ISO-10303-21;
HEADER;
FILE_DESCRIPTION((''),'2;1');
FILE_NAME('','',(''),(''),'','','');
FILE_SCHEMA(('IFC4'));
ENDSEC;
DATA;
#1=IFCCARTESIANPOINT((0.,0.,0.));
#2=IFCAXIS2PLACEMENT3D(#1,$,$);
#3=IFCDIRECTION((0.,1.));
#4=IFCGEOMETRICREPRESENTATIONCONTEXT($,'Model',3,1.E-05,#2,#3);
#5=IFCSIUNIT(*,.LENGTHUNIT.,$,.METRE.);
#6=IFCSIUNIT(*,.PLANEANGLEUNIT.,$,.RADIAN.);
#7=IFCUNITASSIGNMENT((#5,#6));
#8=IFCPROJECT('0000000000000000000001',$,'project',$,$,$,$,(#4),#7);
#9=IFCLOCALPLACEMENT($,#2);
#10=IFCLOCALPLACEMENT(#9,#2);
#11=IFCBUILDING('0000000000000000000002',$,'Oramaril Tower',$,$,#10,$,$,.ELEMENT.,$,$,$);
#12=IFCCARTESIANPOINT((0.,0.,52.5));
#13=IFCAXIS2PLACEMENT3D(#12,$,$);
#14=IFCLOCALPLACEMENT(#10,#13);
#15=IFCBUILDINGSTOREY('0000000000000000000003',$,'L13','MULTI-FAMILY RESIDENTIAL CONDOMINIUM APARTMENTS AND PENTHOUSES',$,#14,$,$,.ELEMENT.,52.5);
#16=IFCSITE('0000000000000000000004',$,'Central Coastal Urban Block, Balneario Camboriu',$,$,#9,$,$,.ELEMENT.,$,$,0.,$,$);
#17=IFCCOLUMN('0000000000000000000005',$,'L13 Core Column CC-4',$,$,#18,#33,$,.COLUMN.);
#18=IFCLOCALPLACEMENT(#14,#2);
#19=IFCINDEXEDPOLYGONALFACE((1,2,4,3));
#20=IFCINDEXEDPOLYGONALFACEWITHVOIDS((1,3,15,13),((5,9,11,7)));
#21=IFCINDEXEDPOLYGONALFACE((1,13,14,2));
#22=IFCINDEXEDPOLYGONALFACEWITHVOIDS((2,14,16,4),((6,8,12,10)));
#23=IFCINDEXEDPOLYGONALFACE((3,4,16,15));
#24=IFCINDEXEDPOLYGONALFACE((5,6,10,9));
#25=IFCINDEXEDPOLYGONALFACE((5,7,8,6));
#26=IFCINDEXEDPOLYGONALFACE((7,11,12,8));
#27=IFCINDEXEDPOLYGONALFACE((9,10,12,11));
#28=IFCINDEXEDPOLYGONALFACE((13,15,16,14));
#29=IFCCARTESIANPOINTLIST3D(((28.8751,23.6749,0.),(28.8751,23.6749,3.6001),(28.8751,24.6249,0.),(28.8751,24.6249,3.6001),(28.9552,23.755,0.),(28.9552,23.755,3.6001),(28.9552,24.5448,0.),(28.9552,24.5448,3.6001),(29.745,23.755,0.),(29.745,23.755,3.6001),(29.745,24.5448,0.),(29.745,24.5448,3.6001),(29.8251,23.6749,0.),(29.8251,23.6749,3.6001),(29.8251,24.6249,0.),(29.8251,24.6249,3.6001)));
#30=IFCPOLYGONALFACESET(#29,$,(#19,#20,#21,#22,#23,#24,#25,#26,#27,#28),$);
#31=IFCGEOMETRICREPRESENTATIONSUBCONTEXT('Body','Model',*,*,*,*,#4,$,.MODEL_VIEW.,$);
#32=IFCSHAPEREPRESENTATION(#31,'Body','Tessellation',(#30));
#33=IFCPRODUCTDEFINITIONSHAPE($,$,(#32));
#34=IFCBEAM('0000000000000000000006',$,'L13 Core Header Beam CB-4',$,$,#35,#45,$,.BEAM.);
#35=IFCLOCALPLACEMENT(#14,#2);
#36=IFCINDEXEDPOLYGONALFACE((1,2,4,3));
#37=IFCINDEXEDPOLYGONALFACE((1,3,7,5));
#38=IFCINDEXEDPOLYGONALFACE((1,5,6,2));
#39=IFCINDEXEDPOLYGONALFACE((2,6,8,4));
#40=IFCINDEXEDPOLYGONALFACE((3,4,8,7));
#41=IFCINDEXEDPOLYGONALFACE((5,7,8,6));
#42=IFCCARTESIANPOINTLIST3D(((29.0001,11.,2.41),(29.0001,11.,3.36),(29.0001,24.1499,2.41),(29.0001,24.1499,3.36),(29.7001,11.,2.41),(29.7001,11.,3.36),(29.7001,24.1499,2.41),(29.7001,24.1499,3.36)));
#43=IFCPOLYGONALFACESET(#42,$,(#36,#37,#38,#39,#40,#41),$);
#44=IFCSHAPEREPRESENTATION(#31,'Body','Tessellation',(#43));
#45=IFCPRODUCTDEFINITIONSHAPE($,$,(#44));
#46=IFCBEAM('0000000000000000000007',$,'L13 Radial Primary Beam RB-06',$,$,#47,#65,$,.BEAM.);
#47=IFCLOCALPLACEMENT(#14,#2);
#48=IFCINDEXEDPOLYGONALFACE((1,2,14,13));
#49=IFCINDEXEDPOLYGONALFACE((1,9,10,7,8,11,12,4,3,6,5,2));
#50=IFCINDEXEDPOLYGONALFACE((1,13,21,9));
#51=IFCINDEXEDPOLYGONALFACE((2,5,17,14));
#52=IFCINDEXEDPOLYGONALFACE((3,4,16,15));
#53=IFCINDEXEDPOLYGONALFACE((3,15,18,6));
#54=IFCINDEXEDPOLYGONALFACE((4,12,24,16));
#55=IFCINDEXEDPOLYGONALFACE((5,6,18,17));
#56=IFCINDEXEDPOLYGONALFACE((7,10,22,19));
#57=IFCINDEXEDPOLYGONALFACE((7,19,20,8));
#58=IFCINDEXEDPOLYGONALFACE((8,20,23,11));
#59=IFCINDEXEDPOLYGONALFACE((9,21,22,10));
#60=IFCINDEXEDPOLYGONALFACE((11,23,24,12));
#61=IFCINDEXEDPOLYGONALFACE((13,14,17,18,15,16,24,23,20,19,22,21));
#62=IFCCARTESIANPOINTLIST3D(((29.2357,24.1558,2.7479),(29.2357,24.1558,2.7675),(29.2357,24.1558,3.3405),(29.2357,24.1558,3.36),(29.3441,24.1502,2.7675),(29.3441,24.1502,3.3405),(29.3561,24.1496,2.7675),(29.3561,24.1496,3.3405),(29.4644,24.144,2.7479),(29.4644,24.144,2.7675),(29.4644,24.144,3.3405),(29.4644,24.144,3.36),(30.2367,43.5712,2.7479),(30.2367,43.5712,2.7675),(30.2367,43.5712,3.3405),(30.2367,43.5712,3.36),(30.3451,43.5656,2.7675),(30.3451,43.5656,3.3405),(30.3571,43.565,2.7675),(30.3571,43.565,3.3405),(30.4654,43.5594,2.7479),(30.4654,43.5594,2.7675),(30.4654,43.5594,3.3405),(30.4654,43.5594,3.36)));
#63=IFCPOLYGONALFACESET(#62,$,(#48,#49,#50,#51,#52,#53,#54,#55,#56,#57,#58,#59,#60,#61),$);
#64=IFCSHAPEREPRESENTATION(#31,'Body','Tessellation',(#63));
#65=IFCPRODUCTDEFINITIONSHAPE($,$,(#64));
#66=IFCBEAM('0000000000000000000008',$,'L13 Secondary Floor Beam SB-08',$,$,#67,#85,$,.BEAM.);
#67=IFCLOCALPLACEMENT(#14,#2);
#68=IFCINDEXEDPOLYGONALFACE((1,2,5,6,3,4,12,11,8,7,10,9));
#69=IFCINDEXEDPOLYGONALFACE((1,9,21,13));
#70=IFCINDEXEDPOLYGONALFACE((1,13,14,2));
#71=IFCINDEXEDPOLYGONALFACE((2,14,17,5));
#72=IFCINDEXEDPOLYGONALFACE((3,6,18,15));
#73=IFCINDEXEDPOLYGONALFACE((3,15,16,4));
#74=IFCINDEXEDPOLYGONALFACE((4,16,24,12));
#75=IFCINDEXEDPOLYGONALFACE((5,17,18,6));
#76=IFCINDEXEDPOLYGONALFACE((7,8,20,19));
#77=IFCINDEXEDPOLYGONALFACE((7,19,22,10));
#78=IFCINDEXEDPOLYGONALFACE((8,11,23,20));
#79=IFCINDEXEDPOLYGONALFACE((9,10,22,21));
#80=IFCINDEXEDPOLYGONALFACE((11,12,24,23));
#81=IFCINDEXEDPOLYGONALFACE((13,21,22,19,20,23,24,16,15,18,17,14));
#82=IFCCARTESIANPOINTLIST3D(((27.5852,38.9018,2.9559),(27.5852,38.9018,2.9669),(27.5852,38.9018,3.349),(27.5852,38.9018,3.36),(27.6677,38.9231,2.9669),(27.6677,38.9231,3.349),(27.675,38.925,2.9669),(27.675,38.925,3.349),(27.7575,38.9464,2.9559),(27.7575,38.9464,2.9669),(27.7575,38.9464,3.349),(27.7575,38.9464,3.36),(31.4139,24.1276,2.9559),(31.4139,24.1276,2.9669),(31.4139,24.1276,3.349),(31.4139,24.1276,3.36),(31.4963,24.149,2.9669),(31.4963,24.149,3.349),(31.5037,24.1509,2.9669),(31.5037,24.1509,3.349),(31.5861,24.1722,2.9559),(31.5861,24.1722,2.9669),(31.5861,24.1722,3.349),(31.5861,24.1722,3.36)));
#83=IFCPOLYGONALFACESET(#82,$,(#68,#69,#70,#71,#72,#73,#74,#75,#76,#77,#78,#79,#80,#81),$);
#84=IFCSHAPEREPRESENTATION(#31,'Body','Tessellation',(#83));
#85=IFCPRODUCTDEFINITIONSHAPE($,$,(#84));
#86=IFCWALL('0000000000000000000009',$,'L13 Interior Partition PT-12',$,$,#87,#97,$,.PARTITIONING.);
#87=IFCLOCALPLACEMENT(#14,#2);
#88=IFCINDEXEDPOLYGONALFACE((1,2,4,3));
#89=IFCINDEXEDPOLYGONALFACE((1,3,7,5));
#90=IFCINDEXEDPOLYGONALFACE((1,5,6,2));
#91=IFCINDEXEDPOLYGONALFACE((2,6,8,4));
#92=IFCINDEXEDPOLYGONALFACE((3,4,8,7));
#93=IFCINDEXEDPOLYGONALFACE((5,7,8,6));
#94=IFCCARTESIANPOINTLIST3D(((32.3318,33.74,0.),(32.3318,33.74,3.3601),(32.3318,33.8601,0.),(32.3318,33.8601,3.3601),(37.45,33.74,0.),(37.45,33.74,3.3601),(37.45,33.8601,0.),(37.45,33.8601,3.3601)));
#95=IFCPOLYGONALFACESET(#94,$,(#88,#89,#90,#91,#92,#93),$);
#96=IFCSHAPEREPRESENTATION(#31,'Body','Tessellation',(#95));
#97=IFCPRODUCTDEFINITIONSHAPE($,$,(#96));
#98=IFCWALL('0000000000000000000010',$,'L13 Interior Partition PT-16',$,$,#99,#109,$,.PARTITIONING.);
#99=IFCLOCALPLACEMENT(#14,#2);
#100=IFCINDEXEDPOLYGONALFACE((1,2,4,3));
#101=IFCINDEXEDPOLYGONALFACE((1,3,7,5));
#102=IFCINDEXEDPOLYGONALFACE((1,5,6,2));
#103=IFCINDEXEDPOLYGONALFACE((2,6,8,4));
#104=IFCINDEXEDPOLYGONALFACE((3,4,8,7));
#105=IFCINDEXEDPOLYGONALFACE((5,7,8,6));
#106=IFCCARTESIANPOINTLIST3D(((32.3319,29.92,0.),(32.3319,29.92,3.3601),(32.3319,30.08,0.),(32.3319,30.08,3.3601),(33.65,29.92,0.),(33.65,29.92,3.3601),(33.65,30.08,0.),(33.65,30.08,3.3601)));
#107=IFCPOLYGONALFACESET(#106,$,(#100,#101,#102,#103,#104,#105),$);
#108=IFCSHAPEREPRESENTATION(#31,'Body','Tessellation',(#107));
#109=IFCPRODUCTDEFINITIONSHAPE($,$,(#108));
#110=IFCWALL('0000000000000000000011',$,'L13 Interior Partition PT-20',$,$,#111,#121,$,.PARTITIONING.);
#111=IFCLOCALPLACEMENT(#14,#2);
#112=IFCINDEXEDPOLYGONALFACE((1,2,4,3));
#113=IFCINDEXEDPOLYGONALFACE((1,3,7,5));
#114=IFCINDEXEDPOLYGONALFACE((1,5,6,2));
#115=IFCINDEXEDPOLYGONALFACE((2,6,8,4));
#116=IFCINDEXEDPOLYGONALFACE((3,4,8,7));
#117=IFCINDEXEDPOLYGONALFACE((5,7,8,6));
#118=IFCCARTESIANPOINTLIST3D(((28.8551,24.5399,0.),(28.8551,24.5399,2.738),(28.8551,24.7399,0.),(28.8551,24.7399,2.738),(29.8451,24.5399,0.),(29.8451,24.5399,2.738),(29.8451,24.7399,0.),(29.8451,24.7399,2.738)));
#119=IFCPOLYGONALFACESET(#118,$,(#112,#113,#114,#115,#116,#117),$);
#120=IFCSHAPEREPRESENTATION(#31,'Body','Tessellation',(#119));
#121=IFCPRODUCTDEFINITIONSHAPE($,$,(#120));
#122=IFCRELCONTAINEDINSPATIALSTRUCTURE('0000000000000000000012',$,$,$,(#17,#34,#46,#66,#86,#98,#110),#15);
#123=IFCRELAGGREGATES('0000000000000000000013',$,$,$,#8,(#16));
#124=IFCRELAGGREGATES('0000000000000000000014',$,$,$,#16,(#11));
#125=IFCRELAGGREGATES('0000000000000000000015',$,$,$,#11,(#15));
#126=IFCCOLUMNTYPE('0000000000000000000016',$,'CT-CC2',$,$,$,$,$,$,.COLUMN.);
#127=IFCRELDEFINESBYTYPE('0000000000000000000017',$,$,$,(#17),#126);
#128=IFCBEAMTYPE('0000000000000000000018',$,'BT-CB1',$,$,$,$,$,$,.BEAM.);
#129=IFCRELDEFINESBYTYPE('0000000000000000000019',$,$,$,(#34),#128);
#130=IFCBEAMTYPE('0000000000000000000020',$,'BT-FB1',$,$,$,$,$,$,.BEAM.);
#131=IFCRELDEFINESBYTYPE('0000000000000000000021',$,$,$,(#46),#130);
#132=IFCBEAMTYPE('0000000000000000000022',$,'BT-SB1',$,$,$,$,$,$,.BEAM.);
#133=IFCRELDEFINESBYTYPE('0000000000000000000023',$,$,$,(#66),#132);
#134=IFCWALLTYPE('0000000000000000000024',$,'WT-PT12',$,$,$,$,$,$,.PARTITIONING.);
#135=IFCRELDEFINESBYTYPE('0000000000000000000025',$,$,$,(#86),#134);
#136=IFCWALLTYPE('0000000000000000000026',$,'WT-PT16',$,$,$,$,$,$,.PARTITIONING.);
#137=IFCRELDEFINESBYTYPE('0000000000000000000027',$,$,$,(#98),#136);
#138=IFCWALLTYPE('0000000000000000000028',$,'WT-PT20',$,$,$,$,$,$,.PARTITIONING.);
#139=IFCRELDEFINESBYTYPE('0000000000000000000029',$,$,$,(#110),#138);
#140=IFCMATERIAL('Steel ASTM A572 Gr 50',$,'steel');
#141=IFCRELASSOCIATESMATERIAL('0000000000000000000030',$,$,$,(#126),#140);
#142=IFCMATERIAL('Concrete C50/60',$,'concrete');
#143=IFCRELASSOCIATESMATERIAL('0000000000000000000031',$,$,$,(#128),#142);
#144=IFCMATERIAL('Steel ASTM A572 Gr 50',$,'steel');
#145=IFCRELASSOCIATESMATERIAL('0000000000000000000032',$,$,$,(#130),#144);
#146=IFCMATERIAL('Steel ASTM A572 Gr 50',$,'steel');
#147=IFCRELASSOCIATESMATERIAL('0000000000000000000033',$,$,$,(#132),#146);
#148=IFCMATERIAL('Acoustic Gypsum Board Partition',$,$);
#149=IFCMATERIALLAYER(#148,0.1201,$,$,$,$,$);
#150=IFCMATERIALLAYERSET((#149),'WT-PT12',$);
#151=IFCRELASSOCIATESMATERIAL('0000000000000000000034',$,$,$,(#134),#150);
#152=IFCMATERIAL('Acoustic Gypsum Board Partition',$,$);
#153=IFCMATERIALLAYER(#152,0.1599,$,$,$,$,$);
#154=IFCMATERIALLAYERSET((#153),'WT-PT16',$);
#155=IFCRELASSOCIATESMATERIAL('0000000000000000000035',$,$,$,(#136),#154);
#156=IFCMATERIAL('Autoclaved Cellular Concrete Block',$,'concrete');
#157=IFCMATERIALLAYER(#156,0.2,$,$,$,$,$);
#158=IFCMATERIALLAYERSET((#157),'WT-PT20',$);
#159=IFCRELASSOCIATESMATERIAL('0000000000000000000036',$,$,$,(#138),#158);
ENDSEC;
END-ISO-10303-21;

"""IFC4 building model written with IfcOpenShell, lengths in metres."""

from ifc_helpers import new_model, si_unit, direction, frame, frame_2d, origin, origin_2d, place, context, subcontext, project, spatial, rectangle, hollow_rectangle, i_section, extrude, material, layer, layer_set, material_profile, profile_set, type_object, element, save


model = new_model("IFC4")

# Units and contexts
model_context = context("Model", 3, precision=1e-05, world=origin(), true_north=direction((0.0, 1.0)))
body_context = subcontext(model_context, "Body", "Model", "MODEL_VIEW")
ifc_project = project(units=[si_unit("LENGTHUNIT", "METRE"), si_unit("PLANEANGLEUNIT", "RADIAN")], contexts=[model_context])

# Site, building, storey
site_placement = place(None, origin())
site = spatial("IfcSite", under=ifc_project, at=site_placement, Name="Central Coastal Urban Block, Balneario Camboriu", CompositionType="ELEMENT", RefElevation=0.0)
building_placement = place(site_placement, origin())
building = spatial("IfcBuilding", under=site, at=building_placement, Name="Oramaril Tower", CompositionType="ELEMENT")
storey_placement = place(building_placement, frame((0.0, 0.0, 52.5)))
storey = spatial("IfcBuildingStorey", under=building, at=storey_placement, Name="L13", Description="MULTI-FAMILY RESIDENTIAL CONDOMINIUM APARTMENTS AND PENTHOUSES", CompositionType="ELEMENT", Elevation=52.5)

# Column
ifc_material_1 = material(Name="Steel ASTM A572 Gr 50", Category="steel")
ifc_material_profile_1 = material_profile(ifc_material_1, hollow_rectangle(XDim=0.95, YDim=0.95, WallThickness=0.0801, at=origin_2d()), Name="BOX950X950X80")
ifc_profile_set_1 = profile_set([ifc_material_profile_1], Name="Steel ASTM A572 Gr 50")
column_type = type_object("IfcColumnType", Name="CT-CC2", PredefinedType="COLUMN", material=ifc_profile_set_1)
column_placement = place(storey_placement, frame((29.3501, 24.1499, 0.0), z_axis=(0.0, 0.0, 1.0), x_axis=(1.0, 0.0, 0.0)))
element("IfcColumn", 1, at=column_placement, inside=storey, type_object=column_type, Name="L13 Core Column CC-4", PredefinedType="COLUMN", context=body_context, shape_type="SweptSolid", body=[
    extrude(hollow_rectangle(XDim=0.95, YDim=0.95, WallThickness=0.0801, at=origin_2d()), origin(), (0.0, 0.0, 1.0), 3.6001),
])

# Beams
ifc_material_2 = material(Name="Concrete C50/60", Category="concrete")
ifc_material_profile_2 = material_profile(ifc_material_2, rectangle(XDim=0.7, YDim=0.95, at=origin_2d()), Name="CB700X950")
ifc_profile_set_2 = profile_set([ifc_material_profile_2], Name="Concrete C50/60")
beam_type_1 = type_object("IfcBeamType", Name="BT-CB1", PredefinedType="BEAM", material=ifc_profile_set_2)
beam_1_placement = place(storey_placement, frame((29.3501, 24.1499, 2.885), z_axis=(0.0, -1.0, 0.0), x_axis=(1.0, 0.0, 0.0)))
element("IfcBeam", 2, at=beam_1_placement, inside=storey, type_object=beam_type_1, Name="L13 Core Header Beam CB-4", PredefinedType="BEAM", context=body_context, shape_type="SweptSolid", body=[
    extrude(rectangle(XDim=0.7, YDim=0.95, at=origin_2d()), origin(), (0.0, 0.0, 1.0), 13.1499),
])
ifc_material_3 = material(Name="Steel ASTM A572 Gr 50", Category="steel")
ifc_material_profile_3 = material_profile(ifc_material_3, i_section(OverallWidth=0.229, OverallDepth=0.6121, WebThickness=0.012, FlangeThickness=0.0195, at=origin_2d()), Name="W24X84")
ifc_profile_set_3 = profile_set([ifc_material_profile_3], Name="Steel ASTM A572 Gr 50")
beam_type_2 = type_object("IfcBeamType", Name="BT-FB1", PredefinedType="BEAM", material=ifc_profile_set_3)
beam_2_placement = place(storey_placement, frame((29.3501, 24.1499, 3.054), z_axis=(0.051488, 0.998674, 0.0), x_axis=(-0.998674, 0.051488, 0.0)))
element("IfcBeam", 3, at=beam_2_placement, inside=storey, type_object=beam_type_2, Name="L13 Radial Primary Beam RB-06", PredefinedType="BEAM", context=body_context, shape_type="SweptSolid", body=[
    extrude(i_section(OverallWidth=0.229, OverallDepth=0.6121, WebThickness=0.012, FlangeThickness=0.0195, at=origin_2d()), origin(), (0.0, 0.0, 1.0), 19.4412),
])
ifc_material_4 = material(Name="Steel ASTM A572 Gr 50", Category="steel")
ifc_material_profile_4 = material_profile(ifc_material_4, i_section(OverallWidth=0.178, OverallDepth=0.4041, WebThickness=0.0076, FlangeThickness=0.011, at=origin_2d()), Name="W16X36")
ifc_profile_set_4 = profile_set([ifc_material_profile_4], Name="Steel ASTM A572 Gr 50")
beam_type_3 = type_object("IfcBeamType", Name="BT-SB1", PredefinedType="BEAM", material=ifc_profile_set_4)
beam_3_placement = place(storey_placement, frame((31.5, 24.1499, 3.158), z_axis=(-0.250856, 0.968024, 0.0), x_axis=(-0.968024, -0.250856, 0.0)))
element("IfcBeam", 4, at=beam_3_placement, inside=storey, type_object=beam_type_3, Name="L13 Secondary Floor Beam SB-08", PredefinedType="BEAM", context=body_context, shape_type="SweptSolid", body=[
    extrude(i_section(OverallWidth=0.178, OverallDepth=0.4041, WebThickness=0.0076, FlangeThickness=0.011, at=origin_2d()), origin(), (0.0, 0.0, 1.0), 15.2622),
])

# Wall
ifc_material_5 = material(Name="Acoustic Gypsum Board Partition")
ifc_layer_1 = layer(ifc_material_5, 0.1201)
ifc_layer_set_1 = layer_set([ifc_layer_1], Name="WT-PT12")
wall_type_1 = type_object("IfcWallType", Name="WT-PT12", PredefinedType="PARTITIONING", material=ifc_layer_set_1)
wall_1_placement = place(storey_placement, frame((32.3318, 33.8, 0.0), z_axis=(0.0, 0.0, 1.0), x_axis=(1.0, 0.0, 0.0)))
element("IfcWall", 5, at=wall_1_placement, inside=storey, type_object=wall_type_1, Name="L13 Interior Partition PT-12", PredefinedType="PARTITIONING", context=body_context, shape_type="SweptSolid", body=[
    extrude(rectangle(XDim=5.1182, YDim=0.1201, at=frame_2d((2.5591, 0.0))), origin(), (0.0, 0.0, 1.0), 3.3601),
])

# Walls
ifc_material_6 = material(Name="Acoustic Gypsum Board Partition")
ifc_layer_2 = layer(ifc_material_6, 0.1599)
ifc_layer_set_2 = layer_set([ifc_layer_2], Name="WT-PT16")
wall_type_2 = type_object("IfcWallType", Name="WT-PT16", PredefinedType="PARTITIONING", material=ifc_layer_set_2)
wall_2_placement = place(storey_placement, frame((32.3318, 30.0, 0.0), z_axis=(0.0, 0.0, 1.0), x_axis=(1.0, 0.0, 0.0)))
element("IfcWall", 6, at=wall_2_placement, inside=storey, type_object=wall_type_2, Name="L13 Interior Partition PT-16", PredefinedType="PARTITIONING", context=body_context, shape_type="SweptSolid", body=[
    extrude(rectangle(XDim=1.3181, YDim=0.1599, at=frame_2d((0.6592, 0.0))), origin(), (0.0, 0.0, 1.0), 3.3601),
])
ifc_material_7 = material(Name="Autoclaved Cellular Concrete Block", Category="concrete")
ifc_layer_3 = layer(ifc_material_7, 0.2)
ifc_layer_set_3 = layer_set([ifc_layer_3], Name="WT-PT20")
wall_type_3 = type_object("IfcWallType", Name="WT-PT20", PredefinedType="PARTITIONING", material=ifc_layer_set_3)
wall_3_placement = place(storey_placement, frame((28.855, 24.6399, 0.0), z_axis=(0.0, 0.0, 1.0), x_axis=(1.0, 0.0, 0.0)))
element("IfcWall", 7, at=wall_3_placement, inside=storey, type_object=wall_type_3, Name="L13 Interior Partition PT-20", PredefinedType="PARTITIONING", context=body_context, shape_type="SweptSolid", body=[
    extrude(rectangle(XDim=0.99, YDim=0.2, at=frame_2d((0.4951, 0.0))), origin(), (0.0, 0.0, 1.0), 2.738),
])

save(model, "model.ifc")
